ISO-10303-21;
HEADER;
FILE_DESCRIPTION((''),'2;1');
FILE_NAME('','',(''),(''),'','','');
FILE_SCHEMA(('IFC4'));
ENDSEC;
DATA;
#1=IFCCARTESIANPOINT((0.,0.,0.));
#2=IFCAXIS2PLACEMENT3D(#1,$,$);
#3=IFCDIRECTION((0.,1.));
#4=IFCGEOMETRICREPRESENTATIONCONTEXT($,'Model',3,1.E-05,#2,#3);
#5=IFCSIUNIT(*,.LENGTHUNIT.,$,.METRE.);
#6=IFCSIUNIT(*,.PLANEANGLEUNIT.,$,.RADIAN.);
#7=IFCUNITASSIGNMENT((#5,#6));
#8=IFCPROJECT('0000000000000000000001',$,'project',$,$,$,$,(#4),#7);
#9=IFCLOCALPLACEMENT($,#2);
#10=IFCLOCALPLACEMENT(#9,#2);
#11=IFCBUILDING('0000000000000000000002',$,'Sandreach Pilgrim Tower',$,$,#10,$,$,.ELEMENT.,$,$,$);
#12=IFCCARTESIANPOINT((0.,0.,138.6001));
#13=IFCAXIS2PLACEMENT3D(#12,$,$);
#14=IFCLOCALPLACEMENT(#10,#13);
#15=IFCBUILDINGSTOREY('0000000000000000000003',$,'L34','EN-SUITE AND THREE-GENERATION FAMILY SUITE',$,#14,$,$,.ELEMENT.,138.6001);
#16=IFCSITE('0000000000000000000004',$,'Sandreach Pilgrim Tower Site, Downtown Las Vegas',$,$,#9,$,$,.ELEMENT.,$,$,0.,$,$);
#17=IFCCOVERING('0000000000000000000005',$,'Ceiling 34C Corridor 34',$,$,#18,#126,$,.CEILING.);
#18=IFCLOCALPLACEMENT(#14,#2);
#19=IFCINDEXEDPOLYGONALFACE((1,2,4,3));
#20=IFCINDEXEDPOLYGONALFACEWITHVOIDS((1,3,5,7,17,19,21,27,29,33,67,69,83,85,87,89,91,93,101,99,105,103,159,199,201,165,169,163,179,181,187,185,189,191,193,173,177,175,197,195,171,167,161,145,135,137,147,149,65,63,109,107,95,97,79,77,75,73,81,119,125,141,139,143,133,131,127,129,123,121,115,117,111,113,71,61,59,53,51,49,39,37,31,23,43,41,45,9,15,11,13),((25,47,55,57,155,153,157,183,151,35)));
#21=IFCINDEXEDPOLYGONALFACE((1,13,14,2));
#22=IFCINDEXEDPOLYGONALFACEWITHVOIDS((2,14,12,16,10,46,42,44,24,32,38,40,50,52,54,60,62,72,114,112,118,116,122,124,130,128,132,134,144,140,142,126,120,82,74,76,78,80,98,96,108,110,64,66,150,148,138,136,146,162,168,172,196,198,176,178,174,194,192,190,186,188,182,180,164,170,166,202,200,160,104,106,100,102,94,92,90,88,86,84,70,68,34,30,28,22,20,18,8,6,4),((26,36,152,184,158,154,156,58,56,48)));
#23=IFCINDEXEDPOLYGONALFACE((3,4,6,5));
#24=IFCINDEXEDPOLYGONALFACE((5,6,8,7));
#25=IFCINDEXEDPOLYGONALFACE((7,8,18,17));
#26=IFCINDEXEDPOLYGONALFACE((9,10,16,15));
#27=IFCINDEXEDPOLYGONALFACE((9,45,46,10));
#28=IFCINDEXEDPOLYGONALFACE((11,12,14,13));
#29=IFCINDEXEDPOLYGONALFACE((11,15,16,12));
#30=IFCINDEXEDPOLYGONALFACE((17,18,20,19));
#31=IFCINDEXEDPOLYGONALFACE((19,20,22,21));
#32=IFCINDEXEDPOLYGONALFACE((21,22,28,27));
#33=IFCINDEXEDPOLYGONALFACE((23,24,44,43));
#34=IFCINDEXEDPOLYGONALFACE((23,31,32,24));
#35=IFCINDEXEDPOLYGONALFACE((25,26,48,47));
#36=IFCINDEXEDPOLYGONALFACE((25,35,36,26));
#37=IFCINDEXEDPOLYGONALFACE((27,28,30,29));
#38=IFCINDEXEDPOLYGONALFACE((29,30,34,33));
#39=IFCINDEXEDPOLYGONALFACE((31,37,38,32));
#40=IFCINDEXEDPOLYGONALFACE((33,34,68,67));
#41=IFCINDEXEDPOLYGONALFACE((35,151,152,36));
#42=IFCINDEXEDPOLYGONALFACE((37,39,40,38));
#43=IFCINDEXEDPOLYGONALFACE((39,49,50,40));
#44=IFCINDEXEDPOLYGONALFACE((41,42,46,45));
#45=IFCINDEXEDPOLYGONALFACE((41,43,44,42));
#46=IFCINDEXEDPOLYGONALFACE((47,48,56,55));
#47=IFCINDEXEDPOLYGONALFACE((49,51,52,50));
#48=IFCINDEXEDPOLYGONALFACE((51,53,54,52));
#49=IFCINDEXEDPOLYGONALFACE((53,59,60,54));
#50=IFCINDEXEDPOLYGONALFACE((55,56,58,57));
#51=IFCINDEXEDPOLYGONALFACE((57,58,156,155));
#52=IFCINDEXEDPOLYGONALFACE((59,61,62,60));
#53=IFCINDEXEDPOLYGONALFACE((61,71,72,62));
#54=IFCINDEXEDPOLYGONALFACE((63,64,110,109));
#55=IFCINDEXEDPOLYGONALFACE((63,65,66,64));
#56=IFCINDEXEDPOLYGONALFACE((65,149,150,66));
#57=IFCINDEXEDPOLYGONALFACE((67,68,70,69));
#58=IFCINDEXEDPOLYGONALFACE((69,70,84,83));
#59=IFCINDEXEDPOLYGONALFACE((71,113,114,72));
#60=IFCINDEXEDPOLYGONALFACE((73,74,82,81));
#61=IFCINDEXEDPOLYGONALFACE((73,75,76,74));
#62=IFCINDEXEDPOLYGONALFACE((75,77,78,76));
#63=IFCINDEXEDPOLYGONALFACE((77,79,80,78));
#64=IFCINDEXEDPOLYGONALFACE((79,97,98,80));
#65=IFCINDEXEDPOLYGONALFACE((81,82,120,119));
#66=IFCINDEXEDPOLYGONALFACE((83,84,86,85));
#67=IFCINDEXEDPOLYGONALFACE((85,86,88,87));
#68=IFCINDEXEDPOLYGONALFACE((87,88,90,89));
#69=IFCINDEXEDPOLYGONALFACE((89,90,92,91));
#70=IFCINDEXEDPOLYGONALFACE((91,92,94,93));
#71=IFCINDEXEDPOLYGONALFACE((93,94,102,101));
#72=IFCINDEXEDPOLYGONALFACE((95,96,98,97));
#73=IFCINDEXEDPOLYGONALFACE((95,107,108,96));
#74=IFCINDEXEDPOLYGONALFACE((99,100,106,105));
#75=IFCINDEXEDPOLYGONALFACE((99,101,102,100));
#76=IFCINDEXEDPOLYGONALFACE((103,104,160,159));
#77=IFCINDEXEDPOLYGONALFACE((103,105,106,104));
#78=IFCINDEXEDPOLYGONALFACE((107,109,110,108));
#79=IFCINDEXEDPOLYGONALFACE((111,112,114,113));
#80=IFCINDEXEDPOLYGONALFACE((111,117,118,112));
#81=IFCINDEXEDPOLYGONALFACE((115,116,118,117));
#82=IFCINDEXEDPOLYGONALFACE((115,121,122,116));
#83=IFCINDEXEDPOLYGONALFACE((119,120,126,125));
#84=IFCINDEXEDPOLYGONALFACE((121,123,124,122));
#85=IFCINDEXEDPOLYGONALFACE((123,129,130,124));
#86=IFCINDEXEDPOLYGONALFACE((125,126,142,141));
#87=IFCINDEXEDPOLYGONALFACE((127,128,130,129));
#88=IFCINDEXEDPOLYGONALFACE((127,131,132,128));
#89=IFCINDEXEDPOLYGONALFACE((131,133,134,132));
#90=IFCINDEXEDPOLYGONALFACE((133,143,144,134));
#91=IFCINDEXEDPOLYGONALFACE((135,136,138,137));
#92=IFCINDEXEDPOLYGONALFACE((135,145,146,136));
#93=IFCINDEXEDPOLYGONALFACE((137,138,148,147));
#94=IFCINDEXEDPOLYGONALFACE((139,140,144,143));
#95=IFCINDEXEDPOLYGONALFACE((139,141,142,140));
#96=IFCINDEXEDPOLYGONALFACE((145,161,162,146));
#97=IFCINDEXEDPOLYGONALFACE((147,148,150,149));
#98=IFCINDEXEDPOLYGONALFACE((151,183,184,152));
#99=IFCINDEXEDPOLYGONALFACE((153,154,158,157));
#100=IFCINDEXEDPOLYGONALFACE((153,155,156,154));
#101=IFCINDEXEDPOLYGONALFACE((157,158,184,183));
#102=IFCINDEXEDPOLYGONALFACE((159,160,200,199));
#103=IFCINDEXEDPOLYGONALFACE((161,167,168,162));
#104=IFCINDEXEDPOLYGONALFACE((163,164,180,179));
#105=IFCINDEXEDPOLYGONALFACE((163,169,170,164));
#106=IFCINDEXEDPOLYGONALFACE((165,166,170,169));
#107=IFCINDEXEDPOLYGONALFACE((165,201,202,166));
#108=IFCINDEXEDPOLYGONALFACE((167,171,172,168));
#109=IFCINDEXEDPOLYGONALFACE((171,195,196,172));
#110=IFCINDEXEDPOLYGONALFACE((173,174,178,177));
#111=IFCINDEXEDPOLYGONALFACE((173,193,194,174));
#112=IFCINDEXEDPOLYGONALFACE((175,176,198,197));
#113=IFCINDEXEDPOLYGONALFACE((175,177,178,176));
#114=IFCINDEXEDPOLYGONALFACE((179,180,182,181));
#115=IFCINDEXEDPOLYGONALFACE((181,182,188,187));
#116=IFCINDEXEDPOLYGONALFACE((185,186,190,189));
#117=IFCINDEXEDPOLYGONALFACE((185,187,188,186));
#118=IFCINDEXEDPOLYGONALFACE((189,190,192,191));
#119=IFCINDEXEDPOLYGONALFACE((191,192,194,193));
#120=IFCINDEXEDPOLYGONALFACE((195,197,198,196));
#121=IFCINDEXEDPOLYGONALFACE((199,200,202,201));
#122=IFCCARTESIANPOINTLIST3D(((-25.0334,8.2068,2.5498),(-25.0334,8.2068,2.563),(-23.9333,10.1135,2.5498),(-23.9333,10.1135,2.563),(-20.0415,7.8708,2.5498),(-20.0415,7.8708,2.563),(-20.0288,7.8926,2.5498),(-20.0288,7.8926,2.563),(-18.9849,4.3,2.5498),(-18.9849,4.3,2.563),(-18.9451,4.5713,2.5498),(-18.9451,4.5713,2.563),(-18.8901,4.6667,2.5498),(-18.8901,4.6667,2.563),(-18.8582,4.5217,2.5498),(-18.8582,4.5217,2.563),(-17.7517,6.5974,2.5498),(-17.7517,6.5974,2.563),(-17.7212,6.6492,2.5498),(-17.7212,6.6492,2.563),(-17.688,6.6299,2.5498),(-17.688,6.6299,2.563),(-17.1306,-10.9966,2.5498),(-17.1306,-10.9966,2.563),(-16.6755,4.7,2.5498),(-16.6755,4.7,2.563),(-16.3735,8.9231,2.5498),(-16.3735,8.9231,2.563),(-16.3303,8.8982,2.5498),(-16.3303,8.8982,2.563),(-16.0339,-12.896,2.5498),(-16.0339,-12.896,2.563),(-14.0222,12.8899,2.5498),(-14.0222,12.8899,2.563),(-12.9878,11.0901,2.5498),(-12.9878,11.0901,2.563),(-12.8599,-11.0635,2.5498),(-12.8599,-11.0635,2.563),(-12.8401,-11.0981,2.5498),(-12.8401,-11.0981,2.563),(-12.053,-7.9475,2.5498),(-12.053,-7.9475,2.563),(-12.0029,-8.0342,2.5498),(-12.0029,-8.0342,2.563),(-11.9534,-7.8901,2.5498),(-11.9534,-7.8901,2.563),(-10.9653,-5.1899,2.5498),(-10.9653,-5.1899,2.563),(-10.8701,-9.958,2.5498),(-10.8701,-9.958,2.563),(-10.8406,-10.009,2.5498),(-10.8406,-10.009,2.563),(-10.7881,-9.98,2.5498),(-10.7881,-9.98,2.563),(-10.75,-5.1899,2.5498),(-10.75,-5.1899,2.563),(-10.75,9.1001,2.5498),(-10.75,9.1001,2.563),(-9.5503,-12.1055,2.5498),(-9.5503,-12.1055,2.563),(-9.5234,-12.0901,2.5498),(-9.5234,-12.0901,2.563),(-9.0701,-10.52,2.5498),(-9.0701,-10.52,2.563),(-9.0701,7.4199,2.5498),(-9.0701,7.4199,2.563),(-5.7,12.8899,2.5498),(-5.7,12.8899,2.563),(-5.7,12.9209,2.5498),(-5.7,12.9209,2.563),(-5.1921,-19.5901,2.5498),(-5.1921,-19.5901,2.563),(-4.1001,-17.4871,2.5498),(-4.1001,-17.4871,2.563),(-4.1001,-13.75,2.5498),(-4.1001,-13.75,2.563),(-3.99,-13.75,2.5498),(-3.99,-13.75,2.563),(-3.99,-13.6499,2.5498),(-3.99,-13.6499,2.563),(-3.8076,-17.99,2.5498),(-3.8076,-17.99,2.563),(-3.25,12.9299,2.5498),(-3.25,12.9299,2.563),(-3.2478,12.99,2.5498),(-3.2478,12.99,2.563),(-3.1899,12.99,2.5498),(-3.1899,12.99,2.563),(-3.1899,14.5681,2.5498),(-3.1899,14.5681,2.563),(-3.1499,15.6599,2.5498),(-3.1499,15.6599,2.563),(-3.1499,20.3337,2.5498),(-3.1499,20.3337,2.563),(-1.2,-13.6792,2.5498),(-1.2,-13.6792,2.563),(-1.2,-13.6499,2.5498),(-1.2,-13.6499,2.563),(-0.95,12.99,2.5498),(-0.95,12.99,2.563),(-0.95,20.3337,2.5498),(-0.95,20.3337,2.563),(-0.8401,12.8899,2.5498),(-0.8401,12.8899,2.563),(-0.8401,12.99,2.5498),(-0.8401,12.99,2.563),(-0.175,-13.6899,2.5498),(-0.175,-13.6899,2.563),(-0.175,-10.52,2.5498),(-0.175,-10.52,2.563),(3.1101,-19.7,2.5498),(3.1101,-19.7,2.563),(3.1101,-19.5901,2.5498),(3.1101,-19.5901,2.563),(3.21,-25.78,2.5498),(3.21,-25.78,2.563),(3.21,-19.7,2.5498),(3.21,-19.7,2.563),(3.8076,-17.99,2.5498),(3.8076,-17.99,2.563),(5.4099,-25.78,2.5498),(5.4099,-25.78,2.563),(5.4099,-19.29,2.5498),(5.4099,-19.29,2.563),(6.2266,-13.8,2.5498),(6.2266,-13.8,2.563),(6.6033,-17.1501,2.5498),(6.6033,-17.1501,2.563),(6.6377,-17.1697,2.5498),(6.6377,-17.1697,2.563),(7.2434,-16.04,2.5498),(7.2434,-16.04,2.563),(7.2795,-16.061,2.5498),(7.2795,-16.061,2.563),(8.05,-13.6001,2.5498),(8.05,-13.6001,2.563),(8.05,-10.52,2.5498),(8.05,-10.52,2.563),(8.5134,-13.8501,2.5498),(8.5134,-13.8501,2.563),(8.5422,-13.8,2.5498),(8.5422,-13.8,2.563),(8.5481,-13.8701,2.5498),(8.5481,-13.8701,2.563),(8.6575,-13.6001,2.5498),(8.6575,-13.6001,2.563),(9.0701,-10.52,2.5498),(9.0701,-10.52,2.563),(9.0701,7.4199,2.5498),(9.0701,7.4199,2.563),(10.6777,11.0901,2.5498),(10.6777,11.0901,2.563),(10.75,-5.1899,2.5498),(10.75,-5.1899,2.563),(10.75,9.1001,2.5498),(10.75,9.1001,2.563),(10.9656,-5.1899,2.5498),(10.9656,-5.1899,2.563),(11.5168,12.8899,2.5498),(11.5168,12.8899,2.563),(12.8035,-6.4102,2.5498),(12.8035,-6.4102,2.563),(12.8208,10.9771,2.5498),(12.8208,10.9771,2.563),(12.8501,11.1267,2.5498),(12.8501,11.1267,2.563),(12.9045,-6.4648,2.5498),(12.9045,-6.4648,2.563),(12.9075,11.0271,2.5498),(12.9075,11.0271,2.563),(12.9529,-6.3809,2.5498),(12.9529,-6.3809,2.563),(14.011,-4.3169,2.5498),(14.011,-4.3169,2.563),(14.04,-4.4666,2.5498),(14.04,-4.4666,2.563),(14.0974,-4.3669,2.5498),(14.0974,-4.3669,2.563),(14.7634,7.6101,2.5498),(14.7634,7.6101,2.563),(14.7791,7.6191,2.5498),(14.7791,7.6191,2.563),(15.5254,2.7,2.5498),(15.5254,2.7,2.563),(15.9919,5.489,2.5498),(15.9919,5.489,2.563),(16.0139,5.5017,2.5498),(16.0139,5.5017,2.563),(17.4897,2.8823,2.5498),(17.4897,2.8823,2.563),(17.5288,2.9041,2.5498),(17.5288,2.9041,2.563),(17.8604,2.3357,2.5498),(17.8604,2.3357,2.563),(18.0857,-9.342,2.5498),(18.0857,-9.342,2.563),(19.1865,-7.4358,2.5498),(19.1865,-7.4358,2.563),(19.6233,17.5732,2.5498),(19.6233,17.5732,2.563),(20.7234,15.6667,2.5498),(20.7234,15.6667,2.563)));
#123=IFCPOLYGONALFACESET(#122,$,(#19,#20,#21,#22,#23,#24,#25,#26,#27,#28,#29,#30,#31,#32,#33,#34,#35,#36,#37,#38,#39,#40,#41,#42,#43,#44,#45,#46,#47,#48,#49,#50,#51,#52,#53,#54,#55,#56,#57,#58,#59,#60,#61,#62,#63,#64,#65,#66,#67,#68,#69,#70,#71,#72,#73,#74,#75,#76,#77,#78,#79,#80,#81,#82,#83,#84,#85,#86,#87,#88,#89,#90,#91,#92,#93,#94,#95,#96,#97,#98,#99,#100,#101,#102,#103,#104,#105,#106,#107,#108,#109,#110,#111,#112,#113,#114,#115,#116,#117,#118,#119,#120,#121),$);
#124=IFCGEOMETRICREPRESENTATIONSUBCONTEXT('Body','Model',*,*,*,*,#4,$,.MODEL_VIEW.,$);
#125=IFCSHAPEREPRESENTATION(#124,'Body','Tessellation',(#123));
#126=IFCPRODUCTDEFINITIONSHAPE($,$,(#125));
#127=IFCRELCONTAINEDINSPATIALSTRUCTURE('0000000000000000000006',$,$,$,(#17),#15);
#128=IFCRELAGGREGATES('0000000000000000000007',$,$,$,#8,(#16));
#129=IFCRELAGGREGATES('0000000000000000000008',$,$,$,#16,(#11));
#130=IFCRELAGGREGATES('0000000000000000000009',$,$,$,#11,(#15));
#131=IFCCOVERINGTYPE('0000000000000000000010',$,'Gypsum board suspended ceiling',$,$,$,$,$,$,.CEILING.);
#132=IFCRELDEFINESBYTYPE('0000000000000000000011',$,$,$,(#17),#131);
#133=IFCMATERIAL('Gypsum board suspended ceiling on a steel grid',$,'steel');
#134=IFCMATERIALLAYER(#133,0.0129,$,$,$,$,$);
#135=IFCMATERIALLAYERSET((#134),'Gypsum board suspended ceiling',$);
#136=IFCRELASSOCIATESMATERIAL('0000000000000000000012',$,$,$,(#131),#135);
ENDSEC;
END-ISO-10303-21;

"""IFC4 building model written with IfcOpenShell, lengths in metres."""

from ifc_helpers import new_model, si_unit, direction, frame, origin, place, context, subcontext, project, spatial, polyline, outline, extrude, material, layer, layer_set, type_object, element, save


model = new_model("IFC4")

# Units and contexts
model_context = context("Model", 3, precision=1e-05, world=origin(), true_north=direction((0.0, 1.0)))
body_context = subcontext(model_context, "Body", "Model", "MODEL_VIEW")
ifc_project = project(units=[si_unit("LENGTHUNIT", "METRE"), si_unit("PLANEANGLEUNIT", "RADIAN")], contexts=[model_context])

# Site, building, storey
site_placement = place(None, origin())
site = spatial("IfcSite", under=ifc_project, at=site_placement, Name="Sandreach Pilgrim Tower Site, Downtown Las Vegas", CompositionType="ELEMENT", RefElevation=0.0)
building_placement = place(site_placement, origin())
building = spatial("IfcBuilding", under=site, at=building_placement, Name="Sandreach Pilgrim Tower", CompositionType="ELEMENT")
storey_placement = place(building_placement, frame((0.0, 0.0, 138.6001)))
storey = spatial("IfcBuildingStorey", under=building, at=storey_placement, Name="L34", Description="EN-SUITE AND THREE-GENERATION FAMILY SUITE", CompositionType="ELEMENT", Elevation=138.6001)

# Covering
ifc_material_1 = material(Name="Gypsum board suspended ceiling on a steel grid", Category="steel")
ifc_layer_1 = layer(ifc_material_1, 0.0129)
ifc_layer_set_1 = layer_set([ifc_layer_1], Name="Gypsum board suspended ceiling")
covering_type_1 = type_object("IfcCoveringType", Name="Gypsum board suspended ceiling", PredefinedType="CEILING", material=ifc_layer_set_1)
covering_1_placement = place(storey_placement, frame((0.0, 0.0, 2.5498)))
element("IfcCovering", 1, at=covering_1_placement, inside=storey, type_object=covering_type_1, Name="Ceiling 34C Corridor 34", PredefinedType="CEILING", context=body_context, shape_type="SweptSolid", body=[
    extrude(outline(polyline([(-25.0334, 8.2068), (-23.9333, 10.1135), (-20.0415, 7.8708), (-20.0288, 7.8926), (-17.7517, 6.5974), (-17.7212, 6.6492), (-17.688, 6.6299), (-16.3735, 8.9231), (-16.3303, 8.8982), (-14.0222, 12.8899), (-5.7, 12.8899), (-5.7, 12.9209), (-3.25, 12.9299), (-3.2478, 12.99), (-3.1899, 12.99), (-3.1899, 14.5681), (-3.1499, 15.6599), (-3.1499, 20.3337), (-0.95, 20.3337), (-0.95, 12.99), (-0.8401, 12.99), (-0.8401, 12.8899), (11.5168, 12.8899), (19.6233, 17.5732), (20.7234, 15.6667), (12.8501, 11.1267), (12.9075, 11.0271), (12.8208, 10.9771), (14.7634, 7.6101), (14.7791, 7.6191), (16.0139, 5.5017), (15.9919, 5.489), (17.4897, 2.8823), (17.5288, 2.9041), (17.8604, 2.3357), (14.011, -4.3169), (14.0974, -4.3669), (14.04, -4.4666), (19.1865, -7.4358), (18.0857, -9.342), (12.9529, -6.3809), (12.9045, -6.4648), (12.8035, -6.4102), (8.6575, -13.6001), (8.05, -13.6001), (8.05, -10.52), (9.0701, -10.52), (9.0701, 7.4199), (-9.0701, 7.4199), (-9.0701, -10.52), (-0.175, -10.52), (-0.175, -13.6899), (-1.2, -13.6792), (-1.2, -13.6499), (-3.99, -13.6499), (-3.99, -13.75), (-4.1001, -13.75), (-4.1001, -17.4871), (-3.8076, -17.99), (3.8076, -17.99), (6.2266, -13.8), (8.5422, -13.8), (8.5134, -13.8501), (8.5481, -13.8701), (7.2795, -16.061), (7.2434, -16.04), (6.6033, -17.1501), (6.6377, -17.1697), (5.4099, -19.29), (5.4099, -25.78), (3.21, -25.78), (3.21, -19.7), (3.1101, -19.7), (3.1101, -19.5901), (-5.1921, -19.5901), (-9.5234, -12.0901), (-9.5503, -12.1055), (-10.7881, -9.98), (-10.8406, -10.009), (-10.8701, -9.958), (-12.8401, -11.0981), (-12.8599, -11.0635), (-16.0339, -12.896), (-17.1306, -10.9966), (-12.0029, -8.0342), (-12.053, -7.9475), (-11.9534, -7.8901), (-18.9849, 4.3), (-18.8582, 4.5217), (-18.9451, 4.5713), (-18.8901, 4.6667), (-25.0334, 8.2068)]), holes=[polyline([(-10.9653, -5.1899), (-10.75, -5.1899), (-10.75, 9.1001), (10.75, 9.1001), (10.75, -5.1899), (10.9656, -5.1899), (15.5254, 2.7), (10.6777, 11.0901), (-12.9878, 11.0901), (-16.6755, 4.7), (-10.9653, -5.1899)])]), origin(), (0.0, 0.0, 1.0), 0.0132),
])

save(model, "model.ifc")
